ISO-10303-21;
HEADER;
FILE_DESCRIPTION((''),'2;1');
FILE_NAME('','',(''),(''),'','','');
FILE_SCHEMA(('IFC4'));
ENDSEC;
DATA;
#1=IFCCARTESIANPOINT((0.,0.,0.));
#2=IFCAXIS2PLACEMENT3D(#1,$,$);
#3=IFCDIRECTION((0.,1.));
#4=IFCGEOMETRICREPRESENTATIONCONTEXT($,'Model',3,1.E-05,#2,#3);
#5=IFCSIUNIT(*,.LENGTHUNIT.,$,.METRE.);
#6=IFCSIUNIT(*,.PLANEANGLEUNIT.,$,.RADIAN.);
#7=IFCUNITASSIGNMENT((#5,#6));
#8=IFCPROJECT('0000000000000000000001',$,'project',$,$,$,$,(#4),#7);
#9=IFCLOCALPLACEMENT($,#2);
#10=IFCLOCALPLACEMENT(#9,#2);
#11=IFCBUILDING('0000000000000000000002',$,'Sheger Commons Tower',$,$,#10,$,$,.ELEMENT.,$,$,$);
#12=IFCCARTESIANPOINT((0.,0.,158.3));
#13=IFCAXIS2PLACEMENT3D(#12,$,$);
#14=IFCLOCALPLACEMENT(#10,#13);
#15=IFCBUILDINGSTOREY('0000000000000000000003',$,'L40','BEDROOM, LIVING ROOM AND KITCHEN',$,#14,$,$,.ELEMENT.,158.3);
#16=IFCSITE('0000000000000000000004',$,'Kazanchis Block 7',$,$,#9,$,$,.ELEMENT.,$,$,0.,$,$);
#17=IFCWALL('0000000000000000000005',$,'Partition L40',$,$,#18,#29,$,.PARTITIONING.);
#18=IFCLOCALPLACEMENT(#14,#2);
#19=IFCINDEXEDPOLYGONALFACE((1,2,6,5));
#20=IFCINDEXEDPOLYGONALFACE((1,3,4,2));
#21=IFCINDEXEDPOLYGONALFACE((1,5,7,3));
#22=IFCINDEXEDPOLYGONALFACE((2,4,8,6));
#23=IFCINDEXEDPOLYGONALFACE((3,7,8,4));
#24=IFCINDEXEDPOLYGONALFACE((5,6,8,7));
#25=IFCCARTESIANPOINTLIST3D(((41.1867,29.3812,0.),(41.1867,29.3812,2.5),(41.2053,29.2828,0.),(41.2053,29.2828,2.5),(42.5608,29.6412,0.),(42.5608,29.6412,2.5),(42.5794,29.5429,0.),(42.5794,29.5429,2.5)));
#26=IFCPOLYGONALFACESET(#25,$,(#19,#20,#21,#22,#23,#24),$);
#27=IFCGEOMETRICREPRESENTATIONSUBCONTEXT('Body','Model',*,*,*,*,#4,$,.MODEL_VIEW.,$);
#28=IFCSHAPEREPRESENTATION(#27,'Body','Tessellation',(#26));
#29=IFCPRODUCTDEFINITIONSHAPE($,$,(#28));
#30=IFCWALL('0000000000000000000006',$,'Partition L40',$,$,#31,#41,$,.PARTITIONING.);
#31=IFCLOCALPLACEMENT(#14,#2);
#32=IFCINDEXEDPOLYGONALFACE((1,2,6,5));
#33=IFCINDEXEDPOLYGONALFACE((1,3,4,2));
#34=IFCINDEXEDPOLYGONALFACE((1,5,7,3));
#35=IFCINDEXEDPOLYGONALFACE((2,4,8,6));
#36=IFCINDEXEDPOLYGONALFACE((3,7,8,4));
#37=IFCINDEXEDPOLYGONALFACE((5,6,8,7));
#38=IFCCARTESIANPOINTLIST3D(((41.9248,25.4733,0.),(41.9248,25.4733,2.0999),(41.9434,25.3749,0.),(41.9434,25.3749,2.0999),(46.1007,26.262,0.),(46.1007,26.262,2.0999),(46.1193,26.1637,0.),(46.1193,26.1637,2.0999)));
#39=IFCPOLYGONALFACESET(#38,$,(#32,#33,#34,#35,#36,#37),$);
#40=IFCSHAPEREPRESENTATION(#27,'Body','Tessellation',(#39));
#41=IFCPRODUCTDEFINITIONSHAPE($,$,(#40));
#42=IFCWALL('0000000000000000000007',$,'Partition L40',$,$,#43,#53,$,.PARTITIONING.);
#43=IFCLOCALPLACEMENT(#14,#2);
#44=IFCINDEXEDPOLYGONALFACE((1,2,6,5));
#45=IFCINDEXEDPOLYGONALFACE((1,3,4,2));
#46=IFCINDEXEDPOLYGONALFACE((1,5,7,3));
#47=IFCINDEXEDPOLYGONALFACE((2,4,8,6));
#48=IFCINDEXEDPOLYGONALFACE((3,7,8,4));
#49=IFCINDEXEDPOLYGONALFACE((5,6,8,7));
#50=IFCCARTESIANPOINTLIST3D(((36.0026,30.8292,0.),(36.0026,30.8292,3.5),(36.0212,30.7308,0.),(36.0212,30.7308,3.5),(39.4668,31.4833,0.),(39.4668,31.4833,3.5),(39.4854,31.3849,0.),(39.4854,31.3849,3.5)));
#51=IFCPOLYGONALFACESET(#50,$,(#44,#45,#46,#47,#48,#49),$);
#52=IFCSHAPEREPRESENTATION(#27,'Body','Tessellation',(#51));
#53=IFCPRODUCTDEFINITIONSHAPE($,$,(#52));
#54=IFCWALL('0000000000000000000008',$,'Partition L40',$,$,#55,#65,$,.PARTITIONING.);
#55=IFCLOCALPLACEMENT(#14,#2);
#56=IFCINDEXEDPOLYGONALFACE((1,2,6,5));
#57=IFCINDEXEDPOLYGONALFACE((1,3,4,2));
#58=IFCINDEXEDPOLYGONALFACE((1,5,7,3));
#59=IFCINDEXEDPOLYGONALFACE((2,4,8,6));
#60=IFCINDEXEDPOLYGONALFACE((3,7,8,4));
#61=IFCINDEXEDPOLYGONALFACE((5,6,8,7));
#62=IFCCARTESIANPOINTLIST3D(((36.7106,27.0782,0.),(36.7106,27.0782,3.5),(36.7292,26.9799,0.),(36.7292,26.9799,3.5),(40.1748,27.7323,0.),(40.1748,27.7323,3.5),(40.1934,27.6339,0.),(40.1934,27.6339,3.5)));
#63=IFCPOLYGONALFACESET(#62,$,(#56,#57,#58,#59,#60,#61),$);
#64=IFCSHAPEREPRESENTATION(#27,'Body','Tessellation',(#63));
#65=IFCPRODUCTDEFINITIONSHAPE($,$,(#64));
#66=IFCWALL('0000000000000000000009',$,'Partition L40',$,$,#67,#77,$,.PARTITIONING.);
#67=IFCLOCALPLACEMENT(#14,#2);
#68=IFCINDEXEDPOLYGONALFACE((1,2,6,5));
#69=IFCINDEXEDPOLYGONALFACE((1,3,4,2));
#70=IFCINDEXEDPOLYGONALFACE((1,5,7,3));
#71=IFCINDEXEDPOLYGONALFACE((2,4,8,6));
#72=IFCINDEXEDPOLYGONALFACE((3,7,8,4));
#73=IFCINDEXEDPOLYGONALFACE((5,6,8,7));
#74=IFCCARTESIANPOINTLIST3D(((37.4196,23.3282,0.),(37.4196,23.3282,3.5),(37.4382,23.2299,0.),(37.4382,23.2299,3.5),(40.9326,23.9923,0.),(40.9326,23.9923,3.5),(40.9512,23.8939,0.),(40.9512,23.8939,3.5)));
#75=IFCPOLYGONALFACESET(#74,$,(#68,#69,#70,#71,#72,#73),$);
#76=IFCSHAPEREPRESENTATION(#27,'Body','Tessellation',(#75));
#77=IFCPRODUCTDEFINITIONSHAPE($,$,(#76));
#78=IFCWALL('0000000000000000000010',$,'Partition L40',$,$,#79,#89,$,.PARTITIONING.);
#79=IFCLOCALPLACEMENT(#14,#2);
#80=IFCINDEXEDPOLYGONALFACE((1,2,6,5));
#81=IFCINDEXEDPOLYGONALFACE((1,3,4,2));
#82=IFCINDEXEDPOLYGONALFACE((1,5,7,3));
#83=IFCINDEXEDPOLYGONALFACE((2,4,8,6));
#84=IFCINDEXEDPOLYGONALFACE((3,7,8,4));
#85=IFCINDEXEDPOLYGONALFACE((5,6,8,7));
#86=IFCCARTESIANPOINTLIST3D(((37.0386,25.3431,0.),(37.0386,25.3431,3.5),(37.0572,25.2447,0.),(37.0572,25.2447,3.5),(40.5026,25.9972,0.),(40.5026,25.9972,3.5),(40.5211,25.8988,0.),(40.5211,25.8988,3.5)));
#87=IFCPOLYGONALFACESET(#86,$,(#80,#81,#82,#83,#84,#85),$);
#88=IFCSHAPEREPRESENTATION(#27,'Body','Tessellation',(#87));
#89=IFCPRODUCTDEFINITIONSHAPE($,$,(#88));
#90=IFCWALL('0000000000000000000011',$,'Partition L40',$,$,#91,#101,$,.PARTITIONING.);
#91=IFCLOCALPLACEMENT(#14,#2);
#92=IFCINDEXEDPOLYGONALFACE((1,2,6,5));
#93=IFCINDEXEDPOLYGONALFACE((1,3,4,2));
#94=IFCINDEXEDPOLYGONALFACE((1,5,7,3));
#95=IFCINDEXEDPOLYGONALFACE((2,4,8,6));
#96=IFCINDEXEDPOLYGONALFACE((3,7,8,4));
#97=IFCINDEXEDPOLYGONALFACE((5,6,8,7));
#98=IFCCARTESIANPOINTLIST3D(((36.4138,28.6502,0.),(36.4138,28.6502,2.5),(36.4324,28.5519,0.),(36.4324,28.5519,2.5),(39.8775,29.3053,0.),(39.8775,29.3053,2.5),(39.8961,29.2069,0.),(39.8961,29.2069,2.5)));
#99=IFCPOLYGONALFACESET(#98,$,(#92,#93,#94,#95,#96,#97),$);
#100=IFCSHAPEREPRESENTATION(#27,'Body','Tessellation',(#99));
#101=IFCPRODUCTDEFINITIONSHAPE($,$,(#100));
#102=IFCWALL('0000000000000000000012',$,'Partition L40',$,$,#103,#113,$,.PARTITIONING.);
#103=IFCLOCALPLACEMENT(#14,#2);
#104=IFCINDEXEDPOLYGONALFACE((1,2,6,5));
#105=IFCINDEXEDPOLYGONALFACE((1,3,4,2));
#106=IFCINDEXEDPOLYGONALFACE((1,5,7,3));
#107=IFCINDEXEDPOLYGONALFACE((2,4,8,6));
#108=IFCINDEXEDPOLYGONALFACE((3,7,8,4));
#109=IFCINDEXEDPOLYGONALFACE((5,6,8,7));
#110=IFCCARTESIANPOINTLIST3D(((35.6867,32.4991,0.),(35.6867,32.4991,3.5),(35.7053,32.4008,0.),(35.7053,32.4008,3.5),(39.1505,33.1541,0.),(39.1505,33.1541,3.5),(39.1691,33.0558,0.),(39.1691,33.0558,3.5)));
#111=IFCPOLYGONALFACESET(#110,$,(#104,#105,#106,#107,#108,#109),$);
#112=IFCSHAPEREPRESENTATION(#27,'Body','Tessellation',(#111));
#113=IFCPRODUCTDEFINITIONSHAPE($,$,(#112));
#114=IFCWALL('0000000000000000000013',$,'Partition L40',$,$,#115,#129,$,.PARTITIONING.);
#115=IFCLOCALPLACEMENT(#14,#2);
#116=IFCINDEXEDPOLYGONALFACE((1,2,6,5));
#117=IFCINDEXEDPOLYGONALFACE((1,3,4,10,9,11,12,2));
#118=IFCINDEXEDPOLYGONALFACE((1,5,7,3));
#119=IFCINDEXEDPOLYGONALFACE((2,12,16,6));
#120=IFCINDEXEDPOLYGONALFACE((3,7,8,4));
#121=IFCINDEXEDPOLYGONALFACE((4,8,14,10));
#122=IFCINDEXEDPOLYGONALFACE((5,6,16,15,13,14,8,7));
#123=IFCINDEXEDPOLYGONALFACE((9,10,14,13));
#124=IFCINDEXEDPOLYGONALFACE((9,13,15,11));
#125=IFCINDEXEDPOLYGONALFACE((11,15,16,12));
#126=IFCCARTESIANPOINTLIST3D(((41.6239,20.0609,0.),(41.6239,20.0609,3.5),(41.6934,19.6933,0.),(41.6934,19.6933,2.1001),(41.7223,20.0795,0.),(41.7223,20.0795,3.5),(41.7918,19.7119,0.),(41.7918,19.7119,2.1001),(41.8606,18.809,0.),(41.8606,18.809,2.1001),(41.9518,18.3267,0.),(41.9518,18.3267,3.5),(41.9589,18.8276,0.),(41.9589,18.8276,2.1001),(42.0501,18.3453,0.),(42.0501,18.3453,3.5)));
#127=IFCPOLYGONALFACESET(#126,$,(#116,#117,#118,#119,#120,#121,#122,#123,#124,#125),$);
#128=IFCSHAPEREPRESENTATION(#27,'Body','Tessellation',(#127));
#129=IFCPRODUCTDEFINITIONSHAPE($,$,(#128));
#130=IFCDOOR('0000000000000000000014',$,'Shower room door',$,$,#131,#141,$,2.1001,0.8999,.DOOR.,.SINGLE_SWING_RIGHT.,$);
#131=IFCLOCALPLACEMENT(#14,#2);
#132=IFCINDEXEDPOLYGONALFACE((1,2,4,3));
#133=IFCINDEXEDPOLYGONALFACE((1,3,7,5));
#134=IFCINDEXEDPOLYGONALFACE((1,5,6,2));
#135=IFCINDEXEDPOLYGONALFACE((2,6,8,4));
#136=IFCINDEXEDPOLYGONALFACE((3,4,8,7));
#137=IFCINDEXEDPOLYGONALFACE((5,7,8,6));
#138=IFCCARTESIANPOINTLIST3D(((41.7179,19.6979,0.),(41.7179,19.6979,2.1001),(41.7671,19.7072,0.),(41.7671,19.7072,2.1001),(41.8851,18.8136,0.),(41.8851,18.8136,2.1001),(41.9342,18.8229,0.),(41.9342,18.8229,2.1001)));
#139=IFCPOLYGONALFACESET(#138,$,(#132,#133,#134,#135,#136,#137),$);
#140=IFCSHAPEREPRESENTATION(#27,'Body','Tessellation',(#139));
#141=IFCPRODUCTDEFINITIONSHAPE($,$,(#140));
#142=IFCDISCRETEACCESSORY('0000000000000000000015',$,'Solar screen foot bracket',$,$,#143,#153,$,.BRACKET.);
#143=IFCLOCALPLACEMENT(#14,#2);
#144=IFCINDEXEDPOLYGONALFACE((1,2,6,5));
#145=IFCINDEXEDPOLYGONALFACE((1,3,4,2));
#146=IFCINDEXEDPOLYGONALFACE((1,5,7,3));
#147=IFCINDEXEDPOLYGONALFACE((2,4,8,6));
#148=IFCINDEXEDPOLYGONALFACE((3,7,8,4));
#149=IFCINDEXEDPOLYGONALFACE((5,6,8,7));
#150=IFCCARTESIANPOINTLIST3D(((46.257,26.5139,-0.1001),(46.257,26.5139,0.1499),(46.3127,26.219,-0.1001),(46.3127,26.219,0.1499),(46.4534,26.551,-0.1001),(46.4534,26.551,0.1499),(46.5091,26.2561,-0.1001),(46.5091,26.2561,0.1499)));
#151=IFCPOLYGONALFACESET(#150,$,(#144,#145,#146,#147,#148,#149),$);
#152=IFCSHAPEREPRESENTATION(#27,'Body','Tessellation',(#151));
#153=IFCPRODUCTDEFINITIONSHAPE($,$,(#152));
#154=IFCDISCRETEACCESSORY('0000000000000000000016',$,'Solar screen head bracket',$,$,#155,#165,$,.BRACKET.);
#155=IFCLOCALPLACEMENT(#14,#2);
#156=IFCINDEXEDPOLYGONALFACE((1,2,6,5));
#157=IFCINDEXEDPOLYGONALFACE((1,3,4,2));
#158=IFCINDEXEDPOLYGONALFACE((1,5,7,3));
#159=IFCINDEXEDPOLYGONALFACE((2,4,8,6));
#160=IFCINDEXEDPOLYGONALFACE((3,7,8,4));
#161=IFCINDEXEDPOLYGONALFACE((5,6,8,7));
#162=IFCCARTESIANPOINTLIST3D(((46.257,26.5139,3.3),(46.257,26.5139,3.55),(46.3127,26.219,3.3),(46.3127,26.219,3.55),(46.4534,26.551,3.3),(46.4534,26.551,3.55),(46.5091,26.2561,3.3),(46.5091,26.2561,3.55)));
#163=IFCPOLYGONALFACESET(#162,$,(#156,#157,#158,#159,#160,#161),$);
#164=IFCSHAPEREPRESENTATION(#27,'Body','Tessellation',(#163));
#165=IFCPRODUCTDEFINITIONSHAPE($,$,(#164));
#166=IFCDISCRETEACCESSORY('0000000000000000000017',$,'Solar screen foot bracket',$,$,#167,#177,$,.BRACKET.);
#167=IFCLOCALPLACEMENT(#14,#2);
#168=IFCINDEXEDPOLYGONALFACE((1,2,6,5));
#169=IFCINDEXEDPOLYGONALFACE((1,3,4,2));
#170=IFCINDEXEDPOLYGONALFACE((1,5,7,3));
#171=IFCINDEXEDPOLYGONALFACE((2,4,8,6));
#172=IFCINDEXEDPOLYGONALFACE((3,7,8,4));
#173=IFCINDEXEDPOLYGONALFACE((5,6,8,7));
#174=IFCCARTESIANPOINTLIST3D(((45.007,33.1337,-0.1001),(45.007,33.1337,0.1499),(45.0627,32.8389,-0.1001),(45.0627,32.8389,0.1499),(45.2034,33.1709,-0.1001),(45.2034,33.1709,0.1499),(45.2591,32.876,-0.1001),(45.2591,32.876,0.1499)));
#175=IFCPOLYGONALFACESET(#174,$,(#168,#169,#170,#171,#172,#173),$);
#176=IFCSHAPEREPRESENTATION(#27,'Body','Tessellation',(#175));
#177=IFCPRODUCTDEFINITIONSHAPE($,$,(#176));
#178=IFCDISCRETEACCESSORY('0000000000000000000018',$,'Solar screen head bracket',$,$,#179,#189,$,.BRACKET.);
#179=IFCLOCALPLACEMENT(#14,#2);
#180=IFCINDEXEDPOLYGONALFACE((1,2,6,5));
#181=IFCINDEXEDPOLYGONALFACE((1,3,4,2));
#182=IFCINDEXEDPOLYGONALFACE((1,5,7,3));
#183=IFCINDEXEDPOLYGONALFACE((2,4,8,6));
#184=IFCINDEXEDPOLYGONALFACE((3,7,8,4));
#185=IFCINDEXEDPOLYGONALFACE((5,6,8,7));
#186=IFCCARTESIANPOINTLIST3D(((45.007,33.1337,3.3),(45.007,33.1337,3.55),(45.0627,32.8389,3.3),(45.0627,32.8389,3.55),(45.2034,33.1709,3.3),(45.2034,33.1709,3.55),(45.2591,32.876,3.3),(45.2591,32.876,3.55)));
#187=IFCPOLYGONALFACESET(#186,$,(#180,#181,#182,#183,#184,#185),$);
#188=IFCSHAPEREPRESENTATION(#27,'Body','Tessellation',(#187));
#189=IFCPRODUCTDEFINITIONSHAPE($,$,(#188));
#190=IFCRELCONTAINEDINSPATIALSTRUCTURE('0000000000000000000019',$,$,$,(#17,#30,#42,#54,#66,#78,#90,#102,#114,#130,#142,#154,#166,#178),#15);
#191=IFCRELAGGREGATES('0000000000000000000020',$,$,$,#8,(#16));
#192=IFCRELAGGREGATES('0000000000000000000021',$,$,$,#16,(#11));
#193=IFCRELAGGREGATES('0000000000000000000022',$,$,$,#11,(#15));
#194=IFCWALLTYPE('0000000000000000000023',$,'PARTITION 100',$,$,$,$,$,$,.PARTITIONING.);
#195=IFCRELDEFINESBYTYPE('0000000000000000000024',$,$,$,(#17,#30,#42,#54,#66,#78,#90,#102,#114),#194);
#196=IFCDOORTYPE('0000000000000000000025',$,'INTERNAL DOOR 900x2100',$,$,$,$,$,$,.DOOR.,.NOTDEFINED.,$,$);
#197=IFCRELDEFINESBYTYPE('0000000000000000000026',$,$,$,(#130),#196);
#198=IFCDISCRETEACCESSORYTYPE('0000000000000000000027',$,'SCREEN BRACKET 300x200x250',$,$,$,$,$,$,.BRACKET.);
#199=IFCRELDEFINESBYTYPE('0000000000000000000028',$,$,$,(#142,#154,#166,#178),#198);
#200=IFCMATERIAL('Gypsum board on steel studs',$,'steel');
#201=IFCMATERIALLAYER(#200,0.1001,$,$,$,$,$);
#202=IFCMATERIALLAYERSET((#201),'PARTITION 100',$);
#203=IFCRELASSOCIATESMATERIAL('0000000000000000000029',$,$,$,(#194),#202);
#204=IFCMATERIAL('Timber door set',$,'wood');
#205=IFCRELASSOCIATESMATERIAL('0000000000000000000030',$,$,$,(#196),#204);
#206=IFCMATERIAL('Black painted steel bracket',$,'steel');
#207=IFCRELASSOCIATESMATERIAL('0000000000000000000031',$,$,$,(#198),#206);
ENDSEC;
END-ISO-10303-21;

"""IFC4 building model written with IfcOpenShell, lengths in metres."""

from ifc_helpers import new_model, si_unit, direction, frame, frame_2d, origin, origin_2d, place, context, subcontext, project, spatial, rectangle, extrude, material, layer, layer_set, type_object, element, fill, save


model = new_model("IFC4")

# Units and contexts
model_context = context("Model", 3, precision=1e-05, world=origin(), true_north=direction((0.0, 1.0)))
body_context = subcontext(model_context, "Body", "Model", "MODEL_VIEW")
ifc_project = project(units=[si_unit("LENGTHUNIT", "METRE"), si_unit("PLANEANGLEUNIT", "RADIAN")], contexts=[model_context])

# Site, building, storey
site_placement = place(None, origin())
site = spatial("IfcSite", under=ifc_project, at=site_placement, Name="Kazanchis Block 7", CompositionType="ELEMENT", RefElevation=0.0)
building_placement = place(site_placement, origin())
building = spatial("IfcBuilding", under=site, at=building_placement, Name="Sheger Commons Tower", CompositionType="ELEMENT")
storey_placement = place(building_placement, frame((0.0, 0.0, 158.3)))
storey = spatial("IfcBuildingStorey", under=building, at=storey_placement, Name="L40", Description="BEDROOM, LIVING ROOM AND KITCHEN", CompositionType="ELEMENT", Elevation=158.3)

# Walls
ifc_material_1 = material(Name="Gypsum board on steel studs", Category="steel")
ifc_layer_1 = layer(ifc_material_1, 0.1001)
ifc_layer_set_1 = layer_set([ifc_layer_1], Name="PARTITION 100")
wall_type_1 = type_object("IfcWallType", Name="PARTITION 100", PredefinedType="PARTITIONING", material=ifc_layer_set_1)
wall_1_placement = place(storey_placement, frame((42.5701, 29.592, 0.0), z_axis=(0.0, 0.0, 1.0), x_axis=(-0.982562, -0.185933, 0.0)))
element("IfcWall", 1, at=wall_1_placement, inside=storey, type_object=wall_type_1, Name="Partition L40", PredefinedType="PARTITIONING", context=body_context, shape_type="SweptSolid", body=[
    extrude(rectangle(XDim=1.3984, YDim=0.1001, at=frame_2d((0.6992, 0.0))), origin(), (0.0, 0.0, 1.0), 2.5),
])
wall_2_placement = place(storey_placement, frame((46.1101, 26.2129, 0.0), z_axis=(0.0, 0.0, 1.0), x_axis=(-0.982624, -0.18561, 0.0)))
element("IfcWall", 2, at=wall_2_placement, inside=storey, type_object=wall_type_1, Name="Partition L40", PredefinedType="PARTITIONING", context=body_context, shape_type="SweptSolid", body=[
    extrude(rectangle(XDim=4.2498, YDim=0.1001, at=frame_2d((2.125, 0.0))), origin(), (0.0, 0.0, 1.0), 2.0999),
])
for number, where, z_axis, x_axis, name in (
    (3, (39.4761, 31.4341, 0.0), (0.0, 0.0, 1.0), (-0.982639, -0.18553, 0.0), "Partition L40"),
    (4, (40.1841, 27.6831, 0.0), (0.0, 0.0, 1.0), (-0.982639, -0.18553, 0.0), "Partition L40"),
):
    element("IfcWall", number, at=place(storey_placement, frame(where, z_axis=z_axis, x_axis=x_axis)), inside=storey, type_object=wall_type_1, Name=name, PredefinedType="PARTITIONING", context=body_context, shape_type="SweptSolid", body=[
        extrude(rectangle(XDim=3.5254, YDim=0.1001, at=frame_2d((1.7627, 0.0))), origin(), (0.0, 0.0, 1.0), 3.5),
    ])
wall_3_placement = place(storey_placement, frame((40.9419, 23.9431, 0.0), z_axis=(0.0, 0.0, 1.0), x_axis=(-0.982598, -0.185744, 0.0)))
element("IfcWall", 5, at=wall_3_placement, inside=storey, type_object=wall_type_1, Name="Partition L40", PredefinedType="PARTITIONING", context=body_context, shape_type="SweptSolid", body=[
    extrude(rectangle(XDim=3.5752, YDim=0.1001, at=frame_2d((1.7876, 0.0))), origin(), (0.0, 0.0, 1.0), 3.5),
])
wall_4_placement = place(storey_placement, frame((40.512, 25.948, 0.0), z_axis=(0.0, 0.0, 1.0), x_axis=(-0.982636, -0.185543, 0.0)))
element("IfcWall", 6, at=wall_4_placement, inside=storey, type_object=wall_type_1, Name="Partition L40", PredefinedType="PARTITIONING", context=body_context, shape_type="SweptSolid", body=[
    extrude(rectangle(XDim=3.5251, YDim=0.1001, at=frame_2d((1.7627, 0.0))), origin(), (0.0, 0.0, 1.0), 3.5),
])
wall_5_placement = place(storey_placement, frame((39.887, 29.2561, 0.0), z_axis=(0.0, 0.0, 1.0), x_axis=(-0.982586, -0.18581, 0.0)))
element("IfcWall", 7, at=wall_5_placement, inside=storey, type_object=wall_type_1, Name="Partition L40", PredefinedType="PARTITIONING", context=body_context, shape_type="SweptSolid", body=[
    extrude(rectangle(XDim=3.5251, YDim=0.1001, at=frame_2d((1.7627, 0.0))), origin(), (0.0, 0.0, 1.0), 2.5),
])
wall_6_placement = place(storey_placement, frame((39.1599, 33.105, 0.0), z_axis=(0.0, 0.0, 1.0), x_axis=(-0.982586, -0.18581, 0.0)))
element("IfcWall", 8, at=wall_6_placement, inside=storey, type_object=wall_type_1, Name="Partition L40", PredefinedType="PARTITIONING", context=body_context, shape_type="SweptSolid", body=[
    extrude(rectangle(XDim=3.5251, YDim=0.1001, at=frame_2d((1.7627, 0.0))), origin(), (0.0, 0.0, 1.0), 3.5),
])

# Wall, opening, door
wall_7_placement = place(storey_placement, frame((41.6731, 20.0701, 0.0), z_axis=(0.0, 0.0, 1.0), x_axis=(0.185783, -0.982591, 0.0)))
wall_7 = element("IfcWall", 9, at=wall_7_placement, inside=storey, type_object=wall_type_1, Name="Partition L40", PredefinedType="PARTITIONING", context=body_context, shape_type="SweptSolid", body=[
    extrude(rectangle(XDim=1.7649, YDim=0.1001, at=frame_2d((0.8823, 0.0))), origin(), (0.0, 0.0, 1.0), 3.5),
])
opening_placement = place(wall_7_placement, frame((0.374, 0.0, 0.0)))
opening = element("IfcOpeningElement", 10, at=opening_placement, cuts=wall_7, PredefinedType="OPENING", context=body_context, shape_type="SweptSolid", body=[
    extrude(rectangle(XDim=0.8999, YDim=2.1001, at=frame_2d((0.45, 1.05))), frame((0.0, 0.0601, 0.0), z_axis=(0.0, -1.0, 0.0), x_axis=(1.0, 0.0, 0.0)), (0.0, 0.0, 1.0), 0.1201),
])
ifc_material_2 = material(Name="Timber door set", Category="wood")
door_type = type_object("IfcDoorType", Name="INTERNAL DOOR 900x2100", OperationType="NOTDEFINED", PredefinedType="DOOR", material=ifc_material_2)
door_placement = place(opening_placement, origin())
door = element("IfcDoor", 11, at=door_placement, inside=storey, type_object=door_type, Name="Shower room door", OperationType="SINGLE_SWING_RIGHT", OverallHeight=2.1001, OverallWidth=0.8999, PredefinedType="DOOR", context=body_context, shape_type="SweptSolid", body=[
    extrude(rectangle(XDim=0.8999, YDim=2.1001, at=frame_2d((0.45, 1.05))), frame((0.0, 0.0249, 0.0), z_axis=(0.0, -1.0, 0.0), x_axis=(1.0, 0.0, 0.0)), (0.0, 0.0, 1.0), 0.05),
])
fill(opening, door)

# Discrete accessories
ifc_material_3 = material(Name="Black painted steel bracket", Category="steel")
discrete_accessory_type = type_object("IfcDiscreteAccessoryType", Name="SCREEN BRACKET 300x200x250", PredefinedType="BRACKET", material=ifc_material_3)
for number, where, z_axis, x_axis, name in (
    (12, (46.3831, 26.385, -0.1001), (0.0, 0.0, 1.0), (-0.185615, 0.982623, 0.0), "Solar screen foot bracket"),
    (13, (46.3831, 26.385, 3.3), (0.0, 0.0, 1.0), (-0.185615, 0.982623, 0.0), "Solar screen head bracket"),
    (14, (45.1331, 33.0049, -0.1001), (0.0, 0.0, 1.0), (-0.185615, 0.982623, 0.0), "Solar screen foot bracket"),
    (15, (45.1331, 33.0049, 3.3), (0.0, 0.0, 1.0), (-0.185615, 0.982623, 0.0), "Solar screen head bracket"),
):
    element("IfcDiscreteAccessory", number, at=place(storey_placement, frame(where, z_axis=z_axis, x_axis=x_axis)), inside=storey, type_object=discrete_accessory_type, Name=name, PredefinedType="BRACKET", context=body_context, shape_type="SweptSolid", body=[
        extrude(rectangle(XDim=0.3, YDim=0.2, at=origin_2d()), origin(), (0.0, 0.0, 1.0), 0.25),
    ])

save(model, "model.ifc")
